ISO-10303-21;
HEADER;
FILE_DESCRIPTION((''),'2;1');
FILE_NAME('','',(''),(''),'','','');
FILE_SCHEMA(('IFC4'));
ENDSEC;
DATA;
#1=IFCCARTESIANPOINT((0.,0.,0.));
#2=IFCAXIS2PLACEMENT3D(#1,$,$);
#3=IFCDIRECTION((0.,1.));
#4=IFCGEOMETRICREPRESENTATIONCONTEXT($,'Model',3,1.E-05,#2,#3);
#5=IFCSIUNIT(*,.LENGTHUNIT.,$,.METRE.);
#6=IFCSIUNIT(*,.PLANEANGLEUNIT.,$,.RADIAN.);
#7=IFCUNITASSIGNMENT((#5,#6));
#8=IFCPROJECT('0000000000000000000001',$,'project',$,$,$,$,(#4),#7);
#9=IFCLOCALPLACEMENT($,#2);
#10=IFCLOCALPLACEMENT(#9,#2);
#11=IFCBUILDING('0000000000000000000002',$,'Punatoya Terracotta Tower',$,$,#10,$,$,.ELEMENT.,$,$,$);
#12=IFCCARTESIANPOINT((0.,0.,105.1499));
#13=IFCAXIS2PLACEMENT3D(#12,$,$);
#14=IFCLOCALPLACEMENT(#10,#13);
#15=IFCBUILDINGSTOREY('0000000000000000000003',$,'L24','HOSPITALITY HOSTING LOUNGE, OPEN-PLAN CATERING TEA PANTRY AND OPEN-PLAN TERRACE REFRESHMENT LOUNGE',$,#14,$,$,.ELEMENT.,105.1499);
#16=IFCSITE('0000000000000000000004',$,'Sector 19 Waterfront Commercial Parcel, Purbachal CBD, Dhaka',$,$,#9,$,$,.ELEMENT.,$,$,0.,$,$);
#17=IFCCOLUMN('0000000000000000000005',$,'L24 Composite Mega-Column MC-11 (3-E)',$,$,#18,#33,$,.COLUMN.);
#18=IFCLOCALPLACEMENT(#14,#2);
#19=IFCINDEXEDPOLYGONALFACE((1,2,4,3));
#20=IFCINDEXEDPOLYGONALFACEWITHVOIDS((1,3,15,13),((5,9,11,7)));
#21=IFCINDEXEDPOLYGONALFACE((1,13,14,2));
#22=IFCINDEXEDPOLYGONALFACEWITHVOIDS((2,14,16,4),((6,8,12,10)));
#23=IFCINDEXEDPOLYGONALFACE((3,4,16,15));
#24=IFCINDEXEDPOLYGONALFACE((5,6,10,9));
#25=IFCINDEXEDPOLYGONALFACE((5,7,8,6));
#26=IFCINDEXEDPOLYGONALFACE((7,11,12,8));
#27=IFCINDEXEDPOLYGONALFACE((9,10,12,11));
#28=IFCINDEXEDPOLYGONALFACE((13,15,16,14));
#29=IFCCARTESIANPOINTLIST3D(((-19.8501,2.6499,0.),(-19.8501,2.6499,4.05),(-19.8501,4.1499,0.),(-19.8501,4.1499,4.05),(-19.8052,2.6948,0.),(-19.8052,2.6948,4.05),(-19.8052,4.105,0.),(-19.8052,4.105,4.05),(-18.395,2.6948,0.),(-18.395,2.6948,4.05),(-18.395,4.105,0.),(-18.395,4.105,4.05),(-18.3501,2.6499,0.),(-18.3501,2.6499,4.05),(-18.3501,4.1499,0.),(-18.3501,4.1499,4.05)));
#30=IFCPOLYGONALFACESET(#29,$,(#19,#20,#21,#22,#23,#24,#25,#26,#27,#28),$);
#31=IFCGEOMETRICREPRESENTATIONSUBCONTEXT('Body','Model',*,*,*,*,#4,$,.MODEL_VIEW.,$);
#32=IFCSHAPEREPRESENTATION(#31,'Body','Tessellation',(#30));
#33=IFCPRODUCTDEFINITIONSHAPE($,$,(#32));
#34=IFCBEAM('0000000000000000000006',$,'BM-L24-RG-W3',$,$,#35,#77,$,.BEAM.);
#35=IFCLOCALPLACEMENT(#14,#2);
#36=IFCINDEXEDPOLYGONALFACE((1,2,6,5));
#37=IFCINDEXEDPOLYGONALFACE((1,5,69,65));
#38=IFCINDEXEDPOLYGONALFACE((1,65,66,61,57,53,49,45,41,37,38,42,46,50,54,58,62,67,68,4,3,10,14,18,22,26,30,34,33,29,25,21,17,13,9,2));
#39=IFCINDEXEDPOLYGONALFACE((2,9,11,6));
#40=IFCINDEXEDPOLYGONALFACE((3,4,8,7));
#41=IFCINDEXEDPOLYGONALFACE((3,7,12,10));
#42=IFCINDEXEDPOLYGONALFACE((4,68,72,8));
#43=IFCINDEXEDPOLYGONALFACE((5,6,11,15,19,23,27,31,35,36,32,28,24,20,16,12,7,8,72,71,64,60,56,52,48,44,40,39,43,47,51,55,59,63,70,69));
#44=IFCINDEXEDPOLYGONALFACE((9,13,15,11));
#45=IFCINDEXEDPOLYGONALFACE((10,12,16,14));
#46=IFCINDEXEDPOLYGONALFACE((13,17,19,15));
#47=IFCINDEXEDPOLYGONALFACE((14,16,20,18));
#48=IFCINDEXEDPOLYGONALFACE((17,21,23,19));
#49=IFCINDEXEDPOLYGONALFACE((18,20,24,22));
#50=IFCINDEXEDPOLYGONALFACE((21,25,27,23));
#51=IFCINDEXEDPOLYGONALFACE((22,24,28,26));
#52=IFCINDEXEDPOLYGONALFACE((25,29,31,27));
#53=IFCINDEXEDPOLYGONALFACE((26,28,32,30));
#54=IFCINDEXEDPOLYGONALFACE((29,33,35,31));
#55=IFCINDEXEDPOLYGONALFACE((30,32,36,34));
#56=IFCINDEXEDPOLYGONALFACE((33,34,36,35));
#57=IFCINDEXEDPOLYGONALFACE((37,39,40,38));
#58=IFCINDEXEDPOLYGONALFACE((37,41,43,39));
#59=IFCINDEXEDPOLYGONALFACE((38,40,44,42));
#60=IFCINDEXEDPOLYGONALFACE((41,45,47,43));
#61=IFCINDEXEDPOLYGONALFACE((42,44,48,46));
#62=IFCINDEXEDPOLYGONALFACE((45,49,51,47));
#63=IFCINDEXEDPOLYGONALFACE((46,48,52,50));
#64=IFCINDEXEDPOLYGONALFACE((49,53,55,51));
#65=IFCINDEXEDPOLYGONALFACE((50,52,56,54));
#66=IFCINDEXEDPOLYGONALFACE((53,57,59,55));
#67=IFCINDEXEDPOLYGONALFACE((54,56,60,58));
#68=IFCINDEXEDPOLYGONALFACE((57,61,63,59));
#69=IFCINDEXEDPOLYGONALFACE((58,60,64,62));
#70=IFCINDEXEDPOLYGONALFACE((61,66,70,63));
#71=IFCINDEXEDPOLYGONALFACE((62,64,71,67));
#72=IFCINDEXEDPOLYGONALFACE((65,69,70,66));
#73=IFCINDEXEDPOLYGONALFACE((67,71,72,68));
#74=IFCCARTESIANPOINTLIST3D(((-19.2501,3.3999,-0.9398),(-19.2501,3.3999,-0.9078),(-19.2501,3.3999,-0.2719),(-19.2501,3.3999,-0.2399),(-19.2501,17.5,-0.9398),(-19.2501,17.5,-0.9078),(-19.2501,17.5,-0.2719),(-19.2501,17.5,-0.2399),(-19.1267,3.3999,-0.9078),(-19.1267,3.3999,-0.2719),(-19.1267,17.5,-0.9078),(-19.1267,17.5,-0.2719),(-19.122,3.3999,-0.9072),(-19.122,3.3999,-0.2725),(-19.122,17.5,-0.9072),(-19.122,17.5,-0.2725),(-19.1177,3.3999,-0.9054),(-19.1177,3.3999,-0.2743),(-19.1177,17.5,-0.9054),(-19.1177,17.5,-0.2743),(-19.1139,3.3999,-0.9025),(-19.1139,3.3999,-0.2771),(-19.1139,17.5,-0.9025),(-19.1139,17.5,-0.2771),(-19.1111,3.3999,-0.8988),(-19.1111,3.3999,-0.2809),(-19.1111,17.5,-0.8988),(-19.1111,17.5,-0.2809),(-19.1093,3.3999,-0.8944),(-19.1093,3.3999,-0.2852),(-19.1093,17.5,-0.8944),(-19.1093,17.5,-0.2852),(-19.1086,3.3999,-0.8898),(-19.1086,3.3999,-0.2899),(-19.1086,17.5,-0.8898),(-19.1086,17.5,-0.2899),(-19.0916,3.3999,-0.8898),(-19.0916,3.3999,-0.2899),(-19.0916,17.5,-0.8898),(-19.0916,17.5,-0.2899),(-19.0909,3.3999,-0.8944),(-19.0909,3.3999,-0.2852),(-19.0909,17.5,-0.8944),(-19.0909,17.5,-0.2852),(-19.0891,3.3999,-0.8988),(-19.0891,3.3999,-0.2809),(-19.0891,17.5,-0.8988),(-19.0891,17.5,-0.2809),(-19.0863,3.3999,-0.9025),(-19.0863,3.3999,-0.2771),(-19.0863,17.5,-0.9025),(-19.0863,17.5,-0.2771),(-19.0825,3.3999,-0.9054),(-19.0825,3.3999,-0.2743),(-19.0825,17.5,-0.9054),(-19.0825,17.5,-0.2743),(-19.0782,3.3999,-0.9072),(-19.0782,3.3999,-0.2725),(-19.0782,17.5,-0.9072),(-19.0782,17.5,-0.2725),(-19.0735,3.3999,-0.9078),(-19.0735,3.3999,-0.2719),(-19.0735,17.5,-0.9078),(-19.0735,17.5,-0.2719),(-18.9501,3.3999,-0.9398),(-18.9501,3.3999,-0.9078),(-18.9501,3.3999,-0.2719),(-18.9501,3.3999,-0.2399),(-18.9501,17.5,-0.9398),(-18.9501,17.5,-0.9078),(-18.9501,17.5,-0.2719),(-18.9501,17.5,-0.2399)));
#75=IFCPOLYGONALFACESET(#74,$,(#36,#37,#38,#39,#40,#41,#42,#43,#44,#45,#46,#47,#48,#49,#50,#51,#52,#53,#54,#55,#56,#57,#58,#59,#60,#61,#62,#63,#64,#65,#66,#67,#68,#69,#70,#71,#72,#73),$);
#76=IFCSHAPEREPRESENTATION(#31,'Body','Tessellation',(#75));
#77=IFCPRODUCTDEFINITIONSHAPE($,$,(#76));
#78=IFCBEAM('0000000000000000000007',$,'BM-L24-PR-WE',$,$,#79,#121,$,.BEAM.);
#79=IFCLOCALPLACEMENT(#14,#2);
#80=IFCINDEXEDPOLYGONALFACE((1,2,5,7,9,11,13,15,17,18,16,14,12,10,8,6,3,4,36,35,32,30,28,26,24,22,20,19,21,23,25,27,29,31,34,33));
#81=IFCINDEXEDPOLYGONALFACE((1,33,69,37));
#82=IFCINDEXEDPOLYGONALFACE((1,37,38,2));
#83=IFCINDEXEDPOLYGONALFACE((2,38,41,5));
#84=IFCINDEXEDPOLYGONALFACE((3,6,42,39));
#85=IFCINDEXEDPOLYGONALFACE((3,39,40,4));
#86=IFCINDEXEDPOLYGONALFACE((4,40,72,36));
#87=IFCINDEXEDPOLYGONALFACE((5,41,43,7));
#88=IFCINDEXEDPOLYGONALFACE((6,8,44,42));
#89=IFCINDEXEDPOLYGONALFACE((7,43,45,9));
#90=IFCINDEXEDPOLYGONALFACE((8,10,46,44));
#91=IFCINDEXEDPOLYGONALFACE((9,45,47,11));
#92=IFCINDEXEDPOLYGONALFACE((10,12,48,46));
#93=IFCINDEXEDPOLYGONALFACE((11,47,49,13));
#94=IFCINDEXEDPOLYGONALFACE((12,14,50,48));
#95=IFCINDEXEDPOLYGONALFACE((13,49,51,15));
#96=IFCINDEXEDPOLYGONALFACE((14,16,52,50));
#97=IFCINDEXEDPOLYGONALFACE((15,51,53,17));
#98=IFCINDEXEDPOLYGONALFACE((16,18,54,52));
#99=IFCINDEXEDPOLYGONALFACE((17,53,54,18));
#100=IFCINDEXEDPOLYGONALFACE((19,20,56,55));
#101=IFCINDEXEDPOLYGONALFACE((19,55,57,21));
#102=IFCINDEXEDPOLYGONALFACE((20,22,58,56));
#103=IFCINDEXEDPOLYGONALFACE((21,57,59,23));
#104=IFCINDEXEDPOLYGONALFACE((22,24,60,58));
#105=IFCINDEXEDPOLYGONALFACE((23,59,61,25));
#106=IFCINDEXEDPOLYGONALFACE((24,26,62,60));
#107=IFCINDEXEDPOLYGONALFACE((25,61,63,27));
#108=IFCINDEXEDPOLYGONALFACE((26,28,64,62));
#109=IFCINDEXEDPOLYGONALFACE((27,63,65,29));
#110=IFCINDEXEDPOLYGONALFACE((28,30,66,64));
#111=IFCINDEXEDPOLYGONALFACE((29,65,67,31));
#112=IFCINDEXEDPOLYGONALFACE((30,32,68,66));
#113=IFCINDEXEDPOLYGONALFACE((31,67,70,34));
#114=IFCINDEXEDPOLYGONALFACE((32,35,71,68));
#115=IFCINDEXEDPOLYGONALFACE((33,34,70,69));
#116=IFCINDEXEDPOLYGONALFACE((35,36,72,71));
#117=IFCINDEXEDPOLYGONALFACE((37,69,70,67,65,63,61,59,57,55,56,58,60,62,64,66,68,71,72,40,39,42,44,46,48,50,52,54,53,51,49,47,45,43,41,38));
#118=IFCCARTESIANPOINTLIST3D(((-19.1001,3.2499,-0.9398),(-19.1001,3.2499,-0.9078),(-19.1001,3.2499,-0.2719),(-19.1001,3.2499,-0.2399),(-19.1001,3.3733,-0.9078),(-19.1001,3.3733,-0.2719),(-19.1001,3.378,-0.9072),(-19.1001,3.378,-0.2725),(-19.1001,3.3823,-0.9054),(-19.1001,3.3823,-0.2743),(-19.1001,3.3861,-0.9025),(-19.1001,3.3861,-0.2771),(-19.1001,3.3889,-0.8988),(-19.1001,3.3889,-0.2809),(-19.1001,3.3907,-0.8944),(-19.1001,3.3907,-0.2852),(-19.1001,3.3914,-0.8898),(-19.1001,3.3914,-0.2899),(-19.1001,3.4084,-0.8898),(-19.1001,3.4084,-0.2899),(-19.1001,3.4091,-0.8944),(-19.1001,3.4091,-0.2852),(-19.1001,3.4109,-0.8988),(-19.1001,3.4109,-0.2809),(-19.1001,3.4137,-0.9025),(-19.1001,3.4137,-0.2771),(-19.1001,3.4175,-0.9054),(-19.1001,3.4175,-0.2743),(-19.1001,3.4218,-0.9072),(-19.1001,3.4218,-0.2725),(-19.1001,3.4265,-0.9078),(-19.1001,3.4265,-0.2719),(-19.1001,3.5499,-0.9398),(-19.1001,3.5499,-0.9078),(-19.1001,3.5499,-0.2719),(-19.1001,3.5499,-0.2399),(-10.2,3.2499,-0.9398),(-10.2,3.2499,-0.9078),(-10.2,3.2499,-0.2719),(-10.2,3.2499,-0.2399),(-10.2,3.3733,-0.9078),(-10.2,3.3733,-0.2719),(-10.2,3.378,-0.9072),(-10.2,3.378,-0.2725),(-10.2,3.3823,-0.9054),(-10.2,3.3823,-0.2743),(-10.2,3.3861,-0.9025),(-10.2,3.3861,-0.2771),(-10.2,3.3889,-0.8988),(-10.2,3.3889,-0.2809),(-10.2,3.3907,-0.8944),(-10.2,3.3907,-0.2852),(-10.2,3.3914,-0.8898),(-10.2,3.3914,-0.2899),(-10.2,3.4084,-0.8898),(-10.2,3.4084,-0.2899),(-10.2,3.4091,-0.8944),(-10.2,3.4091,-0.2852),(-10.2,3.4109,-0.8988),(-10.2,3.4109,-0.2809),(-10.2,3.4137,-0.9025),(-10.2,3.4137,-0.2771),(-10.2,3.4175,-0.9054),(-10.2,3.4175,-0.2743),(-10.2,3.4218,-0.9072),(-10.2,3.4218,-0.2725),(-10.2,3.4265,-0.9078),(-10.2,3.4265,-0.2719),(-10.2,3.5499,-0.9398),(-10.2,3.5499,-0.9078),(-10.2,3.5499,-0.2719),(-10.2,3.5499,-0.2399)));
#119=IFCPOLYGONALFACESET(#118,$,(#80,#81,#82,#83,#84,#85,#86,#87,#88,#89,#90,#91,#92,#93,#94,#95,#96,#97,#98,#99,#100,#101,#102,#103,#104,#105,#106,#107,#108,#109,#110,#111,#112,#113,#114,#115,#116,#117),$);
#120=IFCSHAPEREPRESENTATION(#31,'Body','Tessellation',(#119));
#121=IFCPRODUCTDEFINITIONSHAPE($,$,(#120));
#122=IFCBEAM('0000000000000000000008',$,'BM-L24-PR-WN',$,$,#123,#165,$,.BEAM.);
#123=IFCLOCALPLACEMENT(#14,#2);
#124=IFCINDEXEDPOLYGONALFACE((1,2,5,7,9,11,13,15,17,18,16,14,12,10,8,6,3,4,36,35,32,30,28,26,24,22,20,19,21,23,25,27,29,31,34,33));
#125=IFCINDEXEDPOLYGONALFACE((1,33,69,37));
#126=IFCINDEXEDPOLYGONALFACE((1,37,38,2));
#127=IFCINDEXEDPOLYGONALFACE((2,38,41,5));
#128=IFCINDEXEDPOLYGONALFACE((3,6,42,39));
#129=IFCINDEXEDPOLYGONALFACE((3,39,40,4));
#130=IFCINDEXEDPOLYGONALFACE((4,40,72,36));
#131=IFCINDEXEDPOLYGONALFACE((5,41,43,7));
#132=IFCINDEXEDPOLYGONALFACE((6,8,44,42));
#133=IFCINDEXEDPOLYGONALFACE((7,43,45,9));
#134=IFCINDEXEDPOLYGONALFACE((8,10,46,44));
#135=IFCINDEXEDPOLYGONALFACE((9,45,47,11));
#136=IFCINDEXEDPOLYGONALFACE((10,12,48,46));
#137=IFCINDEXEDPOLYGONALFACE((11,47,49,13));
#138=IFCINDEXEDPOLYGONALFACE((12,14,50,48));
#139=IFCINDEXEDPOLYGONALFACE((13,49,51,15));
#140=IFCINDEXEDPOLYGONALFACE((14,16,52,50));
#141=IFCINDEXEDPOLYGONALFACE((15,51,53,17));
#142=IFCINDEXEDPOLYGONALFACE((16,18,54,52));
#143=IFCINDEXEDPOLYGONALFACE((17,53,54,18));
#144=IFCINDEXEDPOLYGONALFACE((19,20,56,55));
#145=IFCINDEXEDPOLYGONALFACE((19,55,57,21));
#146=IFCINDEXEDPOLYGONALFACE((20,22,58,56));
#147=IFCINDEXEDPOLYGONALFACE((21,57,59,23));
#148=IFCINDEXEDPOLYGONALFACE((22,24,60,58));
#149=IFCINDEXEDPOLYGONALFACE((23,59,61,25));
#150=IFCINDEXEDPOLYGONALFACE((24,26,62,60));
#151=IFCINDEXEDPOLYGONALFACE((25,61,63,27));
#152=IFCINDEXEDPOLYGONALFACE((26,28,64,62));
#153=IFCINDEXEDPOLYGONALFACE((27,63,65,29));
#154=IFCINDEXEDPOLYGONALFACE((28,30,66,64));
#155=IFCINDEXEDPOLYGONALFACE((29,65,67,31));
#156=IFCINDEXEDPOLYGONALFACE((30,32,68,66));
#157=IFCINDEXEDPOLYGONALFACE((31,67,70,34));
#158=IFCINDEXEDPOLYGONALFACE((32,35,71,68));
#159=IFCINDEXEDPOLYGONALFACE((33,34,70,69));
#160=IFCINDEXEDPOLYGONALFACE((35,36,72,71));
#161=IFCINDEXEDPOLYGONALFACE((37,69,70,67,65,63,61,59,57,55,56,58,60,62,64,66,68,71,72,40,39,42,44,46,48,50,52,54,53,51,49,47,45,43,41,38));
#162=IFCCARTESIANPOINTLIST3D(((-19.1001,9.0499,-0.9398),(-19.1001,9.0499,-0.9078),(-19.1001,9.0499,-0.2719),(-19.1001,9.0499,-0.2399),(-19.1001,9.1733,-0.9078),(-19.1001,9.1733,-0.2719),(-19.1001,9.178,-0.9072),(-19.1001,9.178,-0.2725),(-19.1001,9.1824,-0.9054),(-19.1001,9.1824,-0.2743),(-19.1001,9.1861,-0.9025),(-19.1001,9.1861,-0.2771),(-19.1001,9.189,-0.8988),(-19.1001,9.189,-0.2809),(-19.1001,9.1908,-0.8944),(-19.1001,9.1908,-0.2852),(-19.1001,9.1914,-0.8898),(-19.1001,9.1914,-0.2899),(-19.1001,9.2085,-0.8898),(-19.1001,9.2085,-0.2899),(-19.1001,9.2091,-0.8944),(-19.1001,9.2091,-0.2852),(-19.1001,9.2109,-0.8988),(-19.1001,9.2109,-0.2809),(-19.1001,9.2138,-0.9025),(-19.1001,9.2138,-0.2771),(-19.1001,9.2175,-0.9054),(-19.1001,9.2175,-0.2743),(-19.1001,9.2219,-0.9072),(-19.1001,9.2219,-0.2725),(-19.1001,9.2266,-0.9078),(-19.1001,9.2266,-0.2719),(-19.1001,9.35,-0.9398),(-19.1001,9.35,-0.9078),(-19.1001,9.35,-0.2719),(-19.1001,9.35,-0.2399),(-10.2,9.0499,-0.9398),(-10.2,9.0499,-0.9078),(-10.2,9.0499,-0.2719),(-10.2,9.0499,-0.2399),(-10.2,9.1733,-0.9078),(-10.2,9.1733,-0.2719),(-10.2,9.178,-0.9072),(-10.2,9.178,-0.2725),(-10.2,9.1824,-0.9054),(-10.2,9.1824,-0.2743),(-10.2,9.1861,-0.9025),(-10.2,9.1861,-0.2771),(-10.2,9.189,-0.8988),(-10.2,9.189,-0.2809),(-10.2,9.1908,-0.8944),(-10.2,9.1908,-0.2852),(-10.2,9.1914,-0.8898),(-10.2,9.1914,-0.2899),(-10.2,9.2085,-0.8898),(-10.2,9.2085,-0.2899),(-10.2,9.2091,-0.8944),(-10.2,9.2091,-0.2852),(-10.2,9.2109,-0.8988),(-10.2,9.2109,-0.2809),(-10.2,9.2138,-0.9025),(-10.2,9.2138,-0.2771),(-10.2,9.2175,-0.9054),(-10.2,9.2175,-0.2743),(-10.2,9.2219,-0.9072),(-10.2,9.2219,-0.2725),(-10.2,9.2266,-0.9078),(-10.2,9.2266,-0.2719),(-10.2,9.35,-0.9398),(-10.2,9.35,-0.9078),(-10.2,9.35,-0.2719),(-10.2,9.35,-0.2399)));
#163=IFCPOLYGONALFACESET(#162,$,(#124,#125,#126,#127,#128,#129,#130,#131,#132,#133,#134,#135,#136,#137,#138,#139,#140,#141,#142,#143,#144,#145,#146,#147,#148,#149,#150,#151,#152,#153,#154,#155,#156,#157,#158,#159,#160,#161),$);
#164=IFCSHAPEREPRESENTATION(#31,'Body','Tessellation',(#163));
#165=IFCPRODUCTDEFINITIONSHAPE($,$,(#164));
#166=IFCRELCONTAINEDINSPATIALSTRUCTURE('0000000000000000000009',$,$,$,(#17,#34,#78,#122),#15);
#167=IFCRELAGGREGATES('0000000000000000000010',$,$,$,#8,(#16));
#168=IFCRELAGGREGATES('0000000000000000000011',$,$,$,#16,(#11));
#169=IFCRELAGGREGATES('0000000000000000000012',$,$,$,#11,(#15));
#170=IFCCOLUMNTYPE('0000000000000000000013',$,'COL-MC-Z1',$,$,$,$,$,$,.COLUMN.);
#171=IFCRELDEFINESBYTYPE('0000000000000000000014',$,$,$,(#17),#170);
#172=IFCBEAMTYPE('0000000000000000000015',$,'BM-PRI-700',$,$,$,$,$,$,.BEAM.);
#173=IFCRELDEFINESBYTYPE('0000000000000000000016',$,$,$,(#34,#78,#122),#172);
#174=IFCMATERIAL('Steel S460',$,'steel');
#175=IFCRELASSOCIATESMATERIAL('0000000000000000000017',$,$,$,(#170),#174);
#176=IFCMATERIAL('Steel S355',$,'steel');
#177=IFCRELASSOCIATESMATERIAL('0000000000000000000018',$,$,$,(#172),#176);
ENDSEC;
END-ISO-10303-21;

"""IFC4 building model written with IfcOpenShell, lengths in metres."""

from ifc_helpers import new_model, si_unit, direction, frame, origin, origin_2d, place, context, subcontext, project, spatial, hollow_rectangle, i_section, extrude, material, material_profile, profile_set, type_object, element, save


model = new_model("IFC4")

# Units and contexts
model_context = context("Model", 3, precision=1e-05, world=origin(), true_north=direction((0.0, 1.0)))
body_context = subcontext(model_context, "Body", "Model", "MODEL_VIEW")
ifc_project = project(units=[si_unit("LENGTHUNIT", "METRE"), si_unit("PLANEANGLEUNIT", "RADIAN")], contexts=[model_context])

# Site, building, storey
site_placement = place(None, origin())
site = spatial("IfcSite", under=ifc_project, at=site_placement, Name="Sector 19 Waterfront Commercial Parcel, Purbachal CBD, Dhaka", CompositionType="ELEMENT", RefElevation=0.0)
building_placement = place(site_placement, origin())
building = spatial("IfcBuilding", under=site, at=building_placement, Name="Punatoya Terracotta Tower", CompositionType="ELEMENT")
storey_placement = place(building_placement, frame((0.0, 0.0, 105.1499)))
storey = spatial("IfcBuildingStorey", under=building, at=storey_placement, Name="L24", Description="HOSPITALITY HOSTING LOUNGE, OPEN-PLAN CATERING TEA PANTRY AND OPEN-PLAN TERRACE REFRESHMENT LOUNGE", CompositionType="ELEMENT", Elevation=105.1499)

# Column
ifc_material_1 = material(Name="Steel S460", Category="steel")
ifc_material_profile_1 = material_profile(ifc_material_1, hollow_rectangle(XDim=1.5, YDim=1.5, WallThickness=0.0449, at=origin_2d()))
ifc_profile_set_1 = profile_set([ifc_material_profile_1], Name="Steel S460")
column_type = type_object("IfcColumnType", Name="COL-MC-Z1", PredefinedType="COLUMN", material=ifc_profile_set_1)
column_placement = place(storey_placement, frame((-19.1001, 3.3999, 0.0), z_axis=(0.0, 0.0, 1.0), x_axis=(1.0, 0.0, 0.0)))
element("IfcColumn", 1, at=column_placement, inside=storey, type_object=column_type, Name="L24 Composite Mega-Column MC-11 (3-E)", PredefinedType="COLUMN", context=body_context, shape_type="SweptSolid", body=[
    extrude(hollow_rectangle(XDim=1.5, YDim=1.5, WallThickness=0.0449, at=origin_2d()), origin(), (0.0, 0.0, 1.0), 4.05),
])

# Beams
ifc_material_2 = material(Name="Steel S355", Category="steel")
ifc_material_profile_2 = material_profile(ifc_material_2, i_section(OverallWidth=0.3, OverallDepth=0.7, WebThickness=0.0171, FlangeThickness=0.032, FilletRadius=0.0181, at=origin_2d()))
ifc_profile_set_2 = profile_set([ifc_material_profile_2], Name="Steel S355")
beam_type_1 = type_object("IfcBeamType", Name="BM-PRI-700", PredefinedType="BEAM", material=ifc_profile_set_2)
beam_1_placement = place(storey_placement, frame((-19.1001, 3.3999, -0.5898), z_axis=(0.0, 1.0, 0.0), x_axis=(-1.0, 0.0, 0.0)))
element("IfcBeam", 2, at=beam_1_placement, inside=storey, type_object=beam_type_1, Name="BM-L24-RG-W3", PredefinedType="BEAM", context=body_context, shape_type="SweptSolid", body=[
    extrude(i_section(OverallWidth=0.3, OverallDepth=0.7, WebThickness=0.0171, FlangeThickness=0.032, FilletRadius=0.0181, at=origin_2d()), origin(), (0.0, 0.0, 1.0), 14.1001),
])
for number, where, z_axis, x_axis, name in (
    (3, (-19.1001, 3.3999, -0.5898), (1.0, 0.0, 0.0), (0.0, 1.0, 0.0), "BM-L24-PR-WE"),
    (4, (-19.1001, 9.2, -0.5898), (1.0, 0.0, 0.0), (0.0, 1.0, 0.0), "BM-L24-PR-WN"),
):
    element("IfcBeam", number, at=place(storey_placement, frame(where, z_axis=z_axis, x_axis=x_axis)), inside=storey, type_object=beam_type_1, Name=name, PredefinedType="BEAM", context=body_context, shape_type="SweptSolid", body=[
        extrude(i_section(OverallWidth=0.3, OverallDepth=0.7, WebThickness=0.0171, FlangeThickness=0.032, FilletRadius=0.0181, at=origin_2d()), origin(), (0.0, 0.0, 1.0), 8.9001),
    ])

save(model, "model.ifc")
